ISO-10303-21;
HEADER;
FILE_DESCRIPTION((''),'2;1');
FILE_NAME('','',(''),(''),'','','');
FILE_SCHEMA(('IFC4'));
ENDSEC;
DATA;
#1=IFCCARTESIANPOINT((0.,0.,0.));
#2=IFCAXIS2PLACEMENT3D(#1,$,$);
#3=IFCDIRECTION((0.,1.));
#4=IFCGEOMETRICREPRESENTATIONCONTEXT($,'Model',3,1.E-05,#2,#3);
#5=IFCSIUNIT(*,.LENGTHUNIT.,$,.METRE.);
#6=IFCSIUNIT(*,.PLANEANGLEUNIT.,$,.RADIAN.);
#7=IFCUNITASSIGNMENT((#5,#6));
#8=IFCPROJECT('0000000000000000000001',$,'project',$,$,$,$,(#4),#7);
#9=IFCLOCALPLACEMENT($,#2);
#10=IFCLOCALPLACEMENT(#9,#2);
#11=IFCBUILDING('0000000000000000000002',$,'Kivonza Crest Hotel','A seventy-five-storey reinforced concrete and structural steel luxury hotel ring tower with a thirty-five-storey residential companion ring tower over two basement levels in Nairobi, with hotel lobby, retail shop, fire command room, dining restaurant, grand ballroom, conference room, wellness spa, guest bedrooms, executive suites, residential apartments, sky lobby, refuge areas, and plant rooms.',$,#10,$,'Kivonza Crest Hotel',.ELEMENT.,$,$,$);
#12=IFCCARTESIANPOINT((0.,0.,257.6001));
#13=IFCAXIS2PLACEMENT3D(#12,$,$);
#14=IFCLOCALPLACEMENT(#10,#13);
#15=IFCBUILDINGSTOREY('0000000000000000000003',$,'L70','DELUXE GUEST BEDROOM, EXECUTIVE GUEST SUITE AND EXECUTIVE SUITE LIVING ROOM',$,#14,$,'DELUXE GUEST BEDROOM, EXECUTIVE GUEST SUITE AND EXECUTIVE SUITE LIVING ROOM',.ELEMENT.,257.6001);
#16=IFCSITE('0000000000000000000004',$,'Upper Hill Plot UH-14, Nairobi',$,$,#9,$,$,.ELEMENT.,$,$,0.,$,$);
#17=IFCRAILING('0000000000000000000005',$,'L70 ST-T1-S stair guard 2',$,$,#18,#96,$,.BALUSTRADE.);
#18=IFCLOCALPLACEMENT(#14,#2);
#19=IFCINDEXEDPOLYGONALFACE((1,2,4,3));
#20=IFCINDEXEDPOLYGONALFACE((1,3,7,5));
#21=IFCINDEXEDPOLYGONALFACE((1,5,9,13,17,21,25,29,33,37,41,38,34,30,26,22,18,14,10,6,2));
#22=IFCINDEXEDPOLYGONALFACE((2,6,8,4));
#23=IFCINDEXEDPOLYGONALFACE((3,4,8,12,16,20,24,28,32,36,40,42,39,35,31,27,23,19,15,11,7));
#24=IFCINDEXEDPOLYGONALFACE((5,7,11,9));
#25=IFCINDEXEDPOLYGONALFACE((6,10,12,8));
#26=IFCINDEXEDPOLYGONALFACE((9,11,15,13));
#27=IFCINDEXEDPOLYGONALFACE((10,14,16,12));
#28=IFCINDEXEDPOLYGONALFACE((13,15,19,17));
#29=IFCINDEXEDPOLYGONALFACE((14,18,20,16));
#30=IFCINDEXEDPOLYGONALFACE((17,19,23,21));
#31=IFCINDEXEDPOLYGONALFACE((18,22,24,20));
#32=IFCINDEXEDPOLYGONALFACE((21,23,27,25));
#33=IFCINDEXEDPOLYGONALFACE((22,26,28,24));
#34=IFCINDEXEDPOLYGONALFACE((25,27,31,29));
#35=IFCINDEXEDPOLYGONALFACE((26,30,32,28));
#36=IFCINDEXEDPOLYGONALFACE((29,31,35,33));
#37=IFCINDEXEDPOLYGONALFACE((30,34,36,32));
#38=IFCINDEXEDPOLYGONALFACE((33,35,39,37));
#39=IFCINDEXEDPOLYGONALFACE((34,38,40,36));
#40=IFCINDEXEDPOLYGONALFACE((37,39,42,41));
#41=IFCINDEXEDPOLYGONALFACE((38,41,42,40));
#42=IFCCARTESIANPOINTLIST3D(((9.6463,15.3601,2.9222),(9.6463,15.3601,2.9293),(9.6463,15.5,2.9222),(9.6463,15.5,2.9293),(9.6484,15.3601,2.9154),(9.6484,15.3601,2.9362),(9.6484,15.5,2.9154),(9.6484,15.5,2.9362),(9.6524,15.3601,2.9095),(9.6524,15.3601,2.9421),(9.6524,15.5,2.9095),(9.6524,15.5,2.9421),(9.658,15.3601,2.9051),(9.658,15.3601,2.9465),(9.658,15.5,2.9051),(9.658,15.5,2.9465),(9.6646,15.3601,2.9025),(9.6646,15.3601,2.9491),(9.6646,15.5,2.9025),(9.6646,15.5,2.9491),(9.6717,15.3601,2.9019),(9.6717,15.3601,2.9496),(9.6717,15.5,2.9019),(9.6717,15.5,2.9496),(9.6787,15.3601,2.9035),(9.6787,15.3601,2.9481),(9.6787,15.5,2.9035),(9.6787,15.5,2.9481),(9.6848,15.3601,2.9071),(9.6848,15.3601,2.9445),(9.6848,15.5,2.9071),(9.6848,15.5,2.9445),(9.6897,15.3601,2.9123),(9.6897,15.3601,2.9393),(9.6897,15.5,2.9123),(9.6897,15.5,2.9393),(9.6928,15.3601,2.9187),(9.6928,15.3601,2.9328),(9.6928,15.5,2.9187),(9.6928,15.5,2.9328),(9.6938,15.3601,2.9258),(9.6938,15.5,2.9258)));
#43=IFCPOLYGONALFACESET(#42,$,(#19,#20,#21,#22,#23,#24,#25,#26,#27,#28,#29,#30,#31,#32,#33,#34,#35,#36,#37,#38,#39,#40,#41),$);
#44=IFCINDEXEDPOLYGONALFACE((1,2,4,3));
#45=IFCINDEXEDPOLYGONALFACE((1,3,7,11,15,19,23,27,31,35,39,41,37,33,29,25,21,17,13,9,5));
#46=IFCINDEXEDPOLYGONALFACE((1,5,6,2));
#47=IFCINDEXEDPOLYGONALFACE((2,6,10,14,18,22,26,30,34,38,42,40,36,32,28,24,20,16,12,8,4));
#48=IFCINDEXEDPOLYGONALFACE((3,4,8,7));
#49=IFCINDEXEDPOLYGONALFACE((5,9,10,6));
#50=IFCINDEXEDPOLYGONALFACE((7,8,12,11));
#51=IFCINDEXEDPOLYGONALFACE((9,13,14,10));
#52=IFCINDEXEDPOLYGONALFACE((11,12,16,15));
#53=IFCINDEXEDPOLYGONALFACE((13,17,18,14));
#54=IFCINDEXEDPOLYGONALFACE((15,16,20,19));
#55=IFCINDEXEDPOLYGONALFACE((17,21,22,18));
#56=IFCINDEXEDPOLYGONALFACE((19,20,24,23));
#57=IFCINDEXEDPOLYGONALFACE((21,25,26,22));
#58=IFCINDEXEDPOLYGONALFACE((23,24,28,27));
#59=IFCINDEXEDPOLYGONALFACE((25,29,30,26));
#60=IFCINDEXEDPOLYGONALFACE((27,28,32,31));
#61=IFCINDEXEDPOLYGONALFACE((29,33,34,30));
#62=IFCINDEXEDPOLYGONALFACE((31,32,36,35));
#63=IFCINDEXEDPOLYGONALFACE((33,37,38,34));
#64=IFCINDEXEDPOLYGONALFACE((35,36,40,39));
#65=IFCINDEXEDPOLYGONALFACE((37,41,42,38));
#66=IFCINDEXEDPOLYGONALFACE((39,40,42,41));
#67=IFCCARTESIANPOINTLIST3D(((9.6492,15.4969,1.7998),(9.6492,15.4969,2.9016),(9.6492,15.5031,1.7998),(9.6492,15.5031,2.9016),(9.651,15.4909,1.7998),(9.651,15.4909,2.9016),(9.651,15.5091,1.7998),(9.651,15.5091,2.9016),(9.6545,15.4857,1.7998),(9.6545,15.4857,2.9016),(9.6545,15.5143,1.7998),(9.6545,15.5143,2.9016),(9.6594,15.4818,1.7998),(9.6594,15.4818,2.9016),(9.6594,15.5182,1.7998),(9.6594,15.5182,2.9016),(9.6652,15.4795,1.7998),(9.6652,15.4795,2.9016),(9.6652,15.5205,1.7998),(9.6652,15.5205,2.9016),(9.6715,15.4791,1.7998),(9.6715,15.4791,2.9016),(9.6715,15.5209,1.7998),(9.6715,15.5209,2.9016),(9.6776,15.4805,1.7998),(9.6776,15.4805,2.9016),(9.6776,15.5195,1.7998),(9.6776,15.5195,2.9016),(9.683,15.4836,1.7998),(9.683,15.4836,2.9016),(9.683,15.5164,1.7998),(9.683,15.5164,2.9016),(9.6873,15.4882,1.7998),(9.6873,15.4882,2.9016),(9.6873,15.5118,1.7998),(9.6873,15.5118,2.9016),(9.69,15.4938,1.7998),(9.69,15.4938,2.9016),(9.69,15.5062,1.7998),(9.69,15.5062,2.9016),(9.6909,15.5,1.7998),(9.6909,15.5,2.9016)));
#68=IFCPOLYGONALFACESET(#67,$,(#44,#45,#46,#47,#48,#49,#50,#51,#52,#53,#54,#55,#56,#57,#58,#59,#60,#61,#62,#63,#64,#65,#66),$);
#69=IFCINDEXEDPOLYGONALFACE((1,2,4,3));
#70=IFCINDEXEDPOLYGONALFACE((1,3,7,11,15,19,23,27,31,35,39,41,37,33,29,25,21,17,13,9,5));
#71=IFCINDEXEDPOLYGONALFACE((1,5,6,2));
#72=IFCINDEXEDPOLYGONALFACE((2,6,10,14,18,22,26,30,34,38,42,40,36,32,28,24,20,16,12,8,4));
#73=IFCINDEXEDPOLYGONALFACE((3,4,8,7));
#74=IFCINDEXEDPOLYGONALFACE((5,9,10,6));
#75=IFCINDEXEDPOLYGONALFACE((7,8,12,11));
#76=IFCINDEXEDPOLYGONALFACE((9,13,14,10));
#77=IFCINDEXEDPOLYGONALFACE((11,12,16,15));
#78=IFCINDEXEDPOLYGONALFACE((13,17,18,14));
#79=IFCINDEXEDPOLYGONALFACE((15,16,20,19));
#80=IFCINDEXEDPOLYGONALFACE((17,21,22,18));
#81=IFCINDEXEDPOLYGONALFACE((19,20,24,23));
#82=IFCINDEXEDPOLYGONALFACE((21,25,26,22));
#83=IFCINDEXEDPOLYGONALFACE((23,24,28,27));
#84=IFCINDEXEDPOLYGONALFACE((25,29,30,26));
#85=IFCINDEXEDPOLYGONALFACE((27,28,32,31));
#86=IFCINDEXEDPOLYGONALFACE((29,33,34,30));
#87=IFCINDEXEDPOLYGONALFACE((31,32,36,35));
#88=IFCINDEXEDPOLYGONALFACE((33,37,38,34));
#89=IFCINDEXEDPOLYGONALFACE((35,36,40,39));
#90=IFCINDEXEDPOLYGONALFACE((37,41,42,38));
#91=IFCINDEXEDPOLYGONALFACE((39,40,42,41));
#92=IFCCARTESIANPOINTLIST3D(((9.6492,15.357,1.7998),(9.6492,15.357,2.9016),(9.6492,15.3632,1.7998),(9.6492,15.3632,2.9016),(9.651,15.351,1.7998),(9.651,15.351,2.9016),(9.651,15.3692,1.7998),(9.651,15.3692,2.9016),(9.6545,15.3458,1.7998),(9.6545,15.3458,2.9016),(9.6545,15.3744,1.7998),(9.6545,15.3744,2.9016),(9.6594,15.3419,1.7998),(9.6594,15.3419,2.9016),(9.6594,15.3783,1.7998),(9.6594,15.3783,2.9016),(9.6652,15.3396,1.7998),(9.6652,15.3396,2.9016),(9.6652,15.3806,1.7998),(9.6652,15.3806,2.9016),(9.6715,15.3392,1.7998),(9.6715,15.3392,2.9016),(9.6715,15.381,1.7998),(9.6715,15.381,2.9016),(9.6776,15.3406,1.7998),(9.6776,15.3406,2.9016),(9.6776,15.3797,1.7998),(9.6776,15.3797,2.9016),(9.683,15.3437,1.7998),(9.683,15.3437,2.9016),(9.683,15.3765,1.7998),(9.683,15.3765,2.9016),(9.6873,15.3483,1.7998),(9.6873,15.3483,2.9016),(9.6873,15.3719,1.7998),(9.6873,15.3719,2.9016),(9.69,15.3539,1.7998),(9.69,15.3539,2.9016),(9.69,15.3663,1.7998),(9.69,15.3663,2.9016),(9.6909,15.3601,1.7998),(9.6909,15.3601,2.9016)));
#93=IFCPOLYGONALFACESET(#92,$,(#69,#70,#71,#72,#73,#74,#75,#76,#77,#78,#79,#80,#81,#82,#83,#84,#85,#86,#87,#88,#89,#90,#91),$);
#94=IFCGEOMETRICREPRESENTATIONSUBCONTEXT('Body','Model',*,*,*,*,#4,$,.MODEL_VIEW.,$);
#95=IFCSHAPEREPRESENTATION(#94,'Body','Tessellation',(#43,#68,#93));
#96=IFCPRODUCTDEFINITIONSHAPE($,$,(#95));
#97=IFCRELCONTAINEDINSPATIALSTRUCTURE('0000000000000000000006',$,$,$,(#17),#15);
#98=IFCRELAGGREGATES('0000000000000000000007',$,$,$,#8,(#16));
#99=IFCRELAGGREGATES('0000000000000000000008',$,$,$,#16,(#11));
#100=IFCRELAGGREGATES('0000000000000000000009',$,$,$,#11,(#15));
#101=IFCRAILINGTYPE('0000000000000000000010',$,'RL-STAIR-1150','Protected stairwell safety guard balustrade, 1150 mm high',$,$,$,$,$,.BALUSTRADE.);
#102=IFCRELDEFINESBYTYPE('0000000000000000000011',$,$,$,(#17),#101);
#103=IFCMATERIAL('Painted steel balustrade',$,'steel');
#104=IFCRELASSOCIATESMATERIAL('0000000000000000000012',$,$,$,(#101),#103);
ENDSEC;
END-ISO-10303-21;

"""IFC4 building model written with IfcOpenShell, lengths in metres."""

from ifc_helpers import new_model, si_unit, direction, frame, origin, origin_2d, place, context, subcontext, project, spatial, circle, extrude, material, type_object, element, save


model = new_model("IFC4")

# Units and contexts
model_context = context("Model", 3, precision=1e-05, world=origin(), true_north=direction((0.0, 1.0)))
body_context = subcontext(model_context, "Body", "Model", "MODEL_VIEW")
ifc_project = project(units=[si_unit("LENGTHUNIT", "METRE"), si_unit("PLANEANGLEUNIT", "RADIAN")], contexts=[model_context])

# Site, building, storey
site_placement = place(None, origin())
site = spatial("IfcSite", under=ifc_project, at=site_placement, Name="Upper Hill Plot UH-14, Nairobi", CompositionType="ELEMENT", RefElevation=0.0)
building_placement = place(site_placement, origin())
building = spatial("IfcBuilding", under=site, at=building_placement, Name="Kivonza Crest Hotel", Description="A seventy-five-storey reinforced concrete and structural steel luxury hotel ring tower with a thirty-five-storey residential companion ring tower over two basement levels in Nairobi, with hotel lobby, retail shop, fire command room, dining restaurant, grand ballroom, conference room, wellness spa, guest bedrooms, executive suites, residential apartments, sky lobby, refuge areas, and plant rooms.", LongName="Kivonza Crest Hotel", CompositionType="ELEMENT")
storey_placement = place(building_placement, frame((0.0, 0.0, 257.6001)))
storey = spatial("IfcBuildingStorey", under=building, at=storey_placement, Name="L70", Description="DELUXE GUEST BEDROOM, EXECUTIVE GUEST SUITE AND EXECUTIVE SUITE LIVING ROOM", LongName="DELUXE GUEST BEDROOM, EXECUTIVE GUEST SUITE AND EXECUTIVE SUITE LIVING ROOM", CompositionType="ELEMENT", Elevation=257.6001)

# Railing
ifc_material_1 = material(Name="Painted steel balustrade", Category="steel")
railing_type_1 = type_object("IfcRailingType", Name="RL-STAIR-1150", Description="Protected stairwell safety guard balustrade, 1150 mm high", PredefinedType="BALUSTRADE", material=ifc_material_1)
railing_1_placement = place(storey_placement, frame((9.6699, 15.5, 1.7998)))
element("IfcRailing", 1, at=railing_1_placement, inside=storey, type_object=railing_type_1, Name="L70 ST-T1-S stair guard 2", PredefinedType="BALUSTRADE", context=body_context, shape_type="SweptSolid", body=[
    extrude(circle(Radius=0.0239, at=origin_2d()), frame((0.0, 0.0, 1.126), z_axis=(0.0, -1.0, 0.0), x_axis=(1.0, 0.0, 0.0)), (0.0, 0.0, 1.0), 0.1399),
    extrude(circle(Radius=0.021, at=origin_2d()), origin(), (0.0, 0.0, 1.0), 1.1018),
    extrude(circle(Radius=0.021, at=origin_2d()), frame((0.0, -0.1399, 0.0)), (0.0, 0.0, 1.0), 1.1018),
])

save(model, "model.ifc")
